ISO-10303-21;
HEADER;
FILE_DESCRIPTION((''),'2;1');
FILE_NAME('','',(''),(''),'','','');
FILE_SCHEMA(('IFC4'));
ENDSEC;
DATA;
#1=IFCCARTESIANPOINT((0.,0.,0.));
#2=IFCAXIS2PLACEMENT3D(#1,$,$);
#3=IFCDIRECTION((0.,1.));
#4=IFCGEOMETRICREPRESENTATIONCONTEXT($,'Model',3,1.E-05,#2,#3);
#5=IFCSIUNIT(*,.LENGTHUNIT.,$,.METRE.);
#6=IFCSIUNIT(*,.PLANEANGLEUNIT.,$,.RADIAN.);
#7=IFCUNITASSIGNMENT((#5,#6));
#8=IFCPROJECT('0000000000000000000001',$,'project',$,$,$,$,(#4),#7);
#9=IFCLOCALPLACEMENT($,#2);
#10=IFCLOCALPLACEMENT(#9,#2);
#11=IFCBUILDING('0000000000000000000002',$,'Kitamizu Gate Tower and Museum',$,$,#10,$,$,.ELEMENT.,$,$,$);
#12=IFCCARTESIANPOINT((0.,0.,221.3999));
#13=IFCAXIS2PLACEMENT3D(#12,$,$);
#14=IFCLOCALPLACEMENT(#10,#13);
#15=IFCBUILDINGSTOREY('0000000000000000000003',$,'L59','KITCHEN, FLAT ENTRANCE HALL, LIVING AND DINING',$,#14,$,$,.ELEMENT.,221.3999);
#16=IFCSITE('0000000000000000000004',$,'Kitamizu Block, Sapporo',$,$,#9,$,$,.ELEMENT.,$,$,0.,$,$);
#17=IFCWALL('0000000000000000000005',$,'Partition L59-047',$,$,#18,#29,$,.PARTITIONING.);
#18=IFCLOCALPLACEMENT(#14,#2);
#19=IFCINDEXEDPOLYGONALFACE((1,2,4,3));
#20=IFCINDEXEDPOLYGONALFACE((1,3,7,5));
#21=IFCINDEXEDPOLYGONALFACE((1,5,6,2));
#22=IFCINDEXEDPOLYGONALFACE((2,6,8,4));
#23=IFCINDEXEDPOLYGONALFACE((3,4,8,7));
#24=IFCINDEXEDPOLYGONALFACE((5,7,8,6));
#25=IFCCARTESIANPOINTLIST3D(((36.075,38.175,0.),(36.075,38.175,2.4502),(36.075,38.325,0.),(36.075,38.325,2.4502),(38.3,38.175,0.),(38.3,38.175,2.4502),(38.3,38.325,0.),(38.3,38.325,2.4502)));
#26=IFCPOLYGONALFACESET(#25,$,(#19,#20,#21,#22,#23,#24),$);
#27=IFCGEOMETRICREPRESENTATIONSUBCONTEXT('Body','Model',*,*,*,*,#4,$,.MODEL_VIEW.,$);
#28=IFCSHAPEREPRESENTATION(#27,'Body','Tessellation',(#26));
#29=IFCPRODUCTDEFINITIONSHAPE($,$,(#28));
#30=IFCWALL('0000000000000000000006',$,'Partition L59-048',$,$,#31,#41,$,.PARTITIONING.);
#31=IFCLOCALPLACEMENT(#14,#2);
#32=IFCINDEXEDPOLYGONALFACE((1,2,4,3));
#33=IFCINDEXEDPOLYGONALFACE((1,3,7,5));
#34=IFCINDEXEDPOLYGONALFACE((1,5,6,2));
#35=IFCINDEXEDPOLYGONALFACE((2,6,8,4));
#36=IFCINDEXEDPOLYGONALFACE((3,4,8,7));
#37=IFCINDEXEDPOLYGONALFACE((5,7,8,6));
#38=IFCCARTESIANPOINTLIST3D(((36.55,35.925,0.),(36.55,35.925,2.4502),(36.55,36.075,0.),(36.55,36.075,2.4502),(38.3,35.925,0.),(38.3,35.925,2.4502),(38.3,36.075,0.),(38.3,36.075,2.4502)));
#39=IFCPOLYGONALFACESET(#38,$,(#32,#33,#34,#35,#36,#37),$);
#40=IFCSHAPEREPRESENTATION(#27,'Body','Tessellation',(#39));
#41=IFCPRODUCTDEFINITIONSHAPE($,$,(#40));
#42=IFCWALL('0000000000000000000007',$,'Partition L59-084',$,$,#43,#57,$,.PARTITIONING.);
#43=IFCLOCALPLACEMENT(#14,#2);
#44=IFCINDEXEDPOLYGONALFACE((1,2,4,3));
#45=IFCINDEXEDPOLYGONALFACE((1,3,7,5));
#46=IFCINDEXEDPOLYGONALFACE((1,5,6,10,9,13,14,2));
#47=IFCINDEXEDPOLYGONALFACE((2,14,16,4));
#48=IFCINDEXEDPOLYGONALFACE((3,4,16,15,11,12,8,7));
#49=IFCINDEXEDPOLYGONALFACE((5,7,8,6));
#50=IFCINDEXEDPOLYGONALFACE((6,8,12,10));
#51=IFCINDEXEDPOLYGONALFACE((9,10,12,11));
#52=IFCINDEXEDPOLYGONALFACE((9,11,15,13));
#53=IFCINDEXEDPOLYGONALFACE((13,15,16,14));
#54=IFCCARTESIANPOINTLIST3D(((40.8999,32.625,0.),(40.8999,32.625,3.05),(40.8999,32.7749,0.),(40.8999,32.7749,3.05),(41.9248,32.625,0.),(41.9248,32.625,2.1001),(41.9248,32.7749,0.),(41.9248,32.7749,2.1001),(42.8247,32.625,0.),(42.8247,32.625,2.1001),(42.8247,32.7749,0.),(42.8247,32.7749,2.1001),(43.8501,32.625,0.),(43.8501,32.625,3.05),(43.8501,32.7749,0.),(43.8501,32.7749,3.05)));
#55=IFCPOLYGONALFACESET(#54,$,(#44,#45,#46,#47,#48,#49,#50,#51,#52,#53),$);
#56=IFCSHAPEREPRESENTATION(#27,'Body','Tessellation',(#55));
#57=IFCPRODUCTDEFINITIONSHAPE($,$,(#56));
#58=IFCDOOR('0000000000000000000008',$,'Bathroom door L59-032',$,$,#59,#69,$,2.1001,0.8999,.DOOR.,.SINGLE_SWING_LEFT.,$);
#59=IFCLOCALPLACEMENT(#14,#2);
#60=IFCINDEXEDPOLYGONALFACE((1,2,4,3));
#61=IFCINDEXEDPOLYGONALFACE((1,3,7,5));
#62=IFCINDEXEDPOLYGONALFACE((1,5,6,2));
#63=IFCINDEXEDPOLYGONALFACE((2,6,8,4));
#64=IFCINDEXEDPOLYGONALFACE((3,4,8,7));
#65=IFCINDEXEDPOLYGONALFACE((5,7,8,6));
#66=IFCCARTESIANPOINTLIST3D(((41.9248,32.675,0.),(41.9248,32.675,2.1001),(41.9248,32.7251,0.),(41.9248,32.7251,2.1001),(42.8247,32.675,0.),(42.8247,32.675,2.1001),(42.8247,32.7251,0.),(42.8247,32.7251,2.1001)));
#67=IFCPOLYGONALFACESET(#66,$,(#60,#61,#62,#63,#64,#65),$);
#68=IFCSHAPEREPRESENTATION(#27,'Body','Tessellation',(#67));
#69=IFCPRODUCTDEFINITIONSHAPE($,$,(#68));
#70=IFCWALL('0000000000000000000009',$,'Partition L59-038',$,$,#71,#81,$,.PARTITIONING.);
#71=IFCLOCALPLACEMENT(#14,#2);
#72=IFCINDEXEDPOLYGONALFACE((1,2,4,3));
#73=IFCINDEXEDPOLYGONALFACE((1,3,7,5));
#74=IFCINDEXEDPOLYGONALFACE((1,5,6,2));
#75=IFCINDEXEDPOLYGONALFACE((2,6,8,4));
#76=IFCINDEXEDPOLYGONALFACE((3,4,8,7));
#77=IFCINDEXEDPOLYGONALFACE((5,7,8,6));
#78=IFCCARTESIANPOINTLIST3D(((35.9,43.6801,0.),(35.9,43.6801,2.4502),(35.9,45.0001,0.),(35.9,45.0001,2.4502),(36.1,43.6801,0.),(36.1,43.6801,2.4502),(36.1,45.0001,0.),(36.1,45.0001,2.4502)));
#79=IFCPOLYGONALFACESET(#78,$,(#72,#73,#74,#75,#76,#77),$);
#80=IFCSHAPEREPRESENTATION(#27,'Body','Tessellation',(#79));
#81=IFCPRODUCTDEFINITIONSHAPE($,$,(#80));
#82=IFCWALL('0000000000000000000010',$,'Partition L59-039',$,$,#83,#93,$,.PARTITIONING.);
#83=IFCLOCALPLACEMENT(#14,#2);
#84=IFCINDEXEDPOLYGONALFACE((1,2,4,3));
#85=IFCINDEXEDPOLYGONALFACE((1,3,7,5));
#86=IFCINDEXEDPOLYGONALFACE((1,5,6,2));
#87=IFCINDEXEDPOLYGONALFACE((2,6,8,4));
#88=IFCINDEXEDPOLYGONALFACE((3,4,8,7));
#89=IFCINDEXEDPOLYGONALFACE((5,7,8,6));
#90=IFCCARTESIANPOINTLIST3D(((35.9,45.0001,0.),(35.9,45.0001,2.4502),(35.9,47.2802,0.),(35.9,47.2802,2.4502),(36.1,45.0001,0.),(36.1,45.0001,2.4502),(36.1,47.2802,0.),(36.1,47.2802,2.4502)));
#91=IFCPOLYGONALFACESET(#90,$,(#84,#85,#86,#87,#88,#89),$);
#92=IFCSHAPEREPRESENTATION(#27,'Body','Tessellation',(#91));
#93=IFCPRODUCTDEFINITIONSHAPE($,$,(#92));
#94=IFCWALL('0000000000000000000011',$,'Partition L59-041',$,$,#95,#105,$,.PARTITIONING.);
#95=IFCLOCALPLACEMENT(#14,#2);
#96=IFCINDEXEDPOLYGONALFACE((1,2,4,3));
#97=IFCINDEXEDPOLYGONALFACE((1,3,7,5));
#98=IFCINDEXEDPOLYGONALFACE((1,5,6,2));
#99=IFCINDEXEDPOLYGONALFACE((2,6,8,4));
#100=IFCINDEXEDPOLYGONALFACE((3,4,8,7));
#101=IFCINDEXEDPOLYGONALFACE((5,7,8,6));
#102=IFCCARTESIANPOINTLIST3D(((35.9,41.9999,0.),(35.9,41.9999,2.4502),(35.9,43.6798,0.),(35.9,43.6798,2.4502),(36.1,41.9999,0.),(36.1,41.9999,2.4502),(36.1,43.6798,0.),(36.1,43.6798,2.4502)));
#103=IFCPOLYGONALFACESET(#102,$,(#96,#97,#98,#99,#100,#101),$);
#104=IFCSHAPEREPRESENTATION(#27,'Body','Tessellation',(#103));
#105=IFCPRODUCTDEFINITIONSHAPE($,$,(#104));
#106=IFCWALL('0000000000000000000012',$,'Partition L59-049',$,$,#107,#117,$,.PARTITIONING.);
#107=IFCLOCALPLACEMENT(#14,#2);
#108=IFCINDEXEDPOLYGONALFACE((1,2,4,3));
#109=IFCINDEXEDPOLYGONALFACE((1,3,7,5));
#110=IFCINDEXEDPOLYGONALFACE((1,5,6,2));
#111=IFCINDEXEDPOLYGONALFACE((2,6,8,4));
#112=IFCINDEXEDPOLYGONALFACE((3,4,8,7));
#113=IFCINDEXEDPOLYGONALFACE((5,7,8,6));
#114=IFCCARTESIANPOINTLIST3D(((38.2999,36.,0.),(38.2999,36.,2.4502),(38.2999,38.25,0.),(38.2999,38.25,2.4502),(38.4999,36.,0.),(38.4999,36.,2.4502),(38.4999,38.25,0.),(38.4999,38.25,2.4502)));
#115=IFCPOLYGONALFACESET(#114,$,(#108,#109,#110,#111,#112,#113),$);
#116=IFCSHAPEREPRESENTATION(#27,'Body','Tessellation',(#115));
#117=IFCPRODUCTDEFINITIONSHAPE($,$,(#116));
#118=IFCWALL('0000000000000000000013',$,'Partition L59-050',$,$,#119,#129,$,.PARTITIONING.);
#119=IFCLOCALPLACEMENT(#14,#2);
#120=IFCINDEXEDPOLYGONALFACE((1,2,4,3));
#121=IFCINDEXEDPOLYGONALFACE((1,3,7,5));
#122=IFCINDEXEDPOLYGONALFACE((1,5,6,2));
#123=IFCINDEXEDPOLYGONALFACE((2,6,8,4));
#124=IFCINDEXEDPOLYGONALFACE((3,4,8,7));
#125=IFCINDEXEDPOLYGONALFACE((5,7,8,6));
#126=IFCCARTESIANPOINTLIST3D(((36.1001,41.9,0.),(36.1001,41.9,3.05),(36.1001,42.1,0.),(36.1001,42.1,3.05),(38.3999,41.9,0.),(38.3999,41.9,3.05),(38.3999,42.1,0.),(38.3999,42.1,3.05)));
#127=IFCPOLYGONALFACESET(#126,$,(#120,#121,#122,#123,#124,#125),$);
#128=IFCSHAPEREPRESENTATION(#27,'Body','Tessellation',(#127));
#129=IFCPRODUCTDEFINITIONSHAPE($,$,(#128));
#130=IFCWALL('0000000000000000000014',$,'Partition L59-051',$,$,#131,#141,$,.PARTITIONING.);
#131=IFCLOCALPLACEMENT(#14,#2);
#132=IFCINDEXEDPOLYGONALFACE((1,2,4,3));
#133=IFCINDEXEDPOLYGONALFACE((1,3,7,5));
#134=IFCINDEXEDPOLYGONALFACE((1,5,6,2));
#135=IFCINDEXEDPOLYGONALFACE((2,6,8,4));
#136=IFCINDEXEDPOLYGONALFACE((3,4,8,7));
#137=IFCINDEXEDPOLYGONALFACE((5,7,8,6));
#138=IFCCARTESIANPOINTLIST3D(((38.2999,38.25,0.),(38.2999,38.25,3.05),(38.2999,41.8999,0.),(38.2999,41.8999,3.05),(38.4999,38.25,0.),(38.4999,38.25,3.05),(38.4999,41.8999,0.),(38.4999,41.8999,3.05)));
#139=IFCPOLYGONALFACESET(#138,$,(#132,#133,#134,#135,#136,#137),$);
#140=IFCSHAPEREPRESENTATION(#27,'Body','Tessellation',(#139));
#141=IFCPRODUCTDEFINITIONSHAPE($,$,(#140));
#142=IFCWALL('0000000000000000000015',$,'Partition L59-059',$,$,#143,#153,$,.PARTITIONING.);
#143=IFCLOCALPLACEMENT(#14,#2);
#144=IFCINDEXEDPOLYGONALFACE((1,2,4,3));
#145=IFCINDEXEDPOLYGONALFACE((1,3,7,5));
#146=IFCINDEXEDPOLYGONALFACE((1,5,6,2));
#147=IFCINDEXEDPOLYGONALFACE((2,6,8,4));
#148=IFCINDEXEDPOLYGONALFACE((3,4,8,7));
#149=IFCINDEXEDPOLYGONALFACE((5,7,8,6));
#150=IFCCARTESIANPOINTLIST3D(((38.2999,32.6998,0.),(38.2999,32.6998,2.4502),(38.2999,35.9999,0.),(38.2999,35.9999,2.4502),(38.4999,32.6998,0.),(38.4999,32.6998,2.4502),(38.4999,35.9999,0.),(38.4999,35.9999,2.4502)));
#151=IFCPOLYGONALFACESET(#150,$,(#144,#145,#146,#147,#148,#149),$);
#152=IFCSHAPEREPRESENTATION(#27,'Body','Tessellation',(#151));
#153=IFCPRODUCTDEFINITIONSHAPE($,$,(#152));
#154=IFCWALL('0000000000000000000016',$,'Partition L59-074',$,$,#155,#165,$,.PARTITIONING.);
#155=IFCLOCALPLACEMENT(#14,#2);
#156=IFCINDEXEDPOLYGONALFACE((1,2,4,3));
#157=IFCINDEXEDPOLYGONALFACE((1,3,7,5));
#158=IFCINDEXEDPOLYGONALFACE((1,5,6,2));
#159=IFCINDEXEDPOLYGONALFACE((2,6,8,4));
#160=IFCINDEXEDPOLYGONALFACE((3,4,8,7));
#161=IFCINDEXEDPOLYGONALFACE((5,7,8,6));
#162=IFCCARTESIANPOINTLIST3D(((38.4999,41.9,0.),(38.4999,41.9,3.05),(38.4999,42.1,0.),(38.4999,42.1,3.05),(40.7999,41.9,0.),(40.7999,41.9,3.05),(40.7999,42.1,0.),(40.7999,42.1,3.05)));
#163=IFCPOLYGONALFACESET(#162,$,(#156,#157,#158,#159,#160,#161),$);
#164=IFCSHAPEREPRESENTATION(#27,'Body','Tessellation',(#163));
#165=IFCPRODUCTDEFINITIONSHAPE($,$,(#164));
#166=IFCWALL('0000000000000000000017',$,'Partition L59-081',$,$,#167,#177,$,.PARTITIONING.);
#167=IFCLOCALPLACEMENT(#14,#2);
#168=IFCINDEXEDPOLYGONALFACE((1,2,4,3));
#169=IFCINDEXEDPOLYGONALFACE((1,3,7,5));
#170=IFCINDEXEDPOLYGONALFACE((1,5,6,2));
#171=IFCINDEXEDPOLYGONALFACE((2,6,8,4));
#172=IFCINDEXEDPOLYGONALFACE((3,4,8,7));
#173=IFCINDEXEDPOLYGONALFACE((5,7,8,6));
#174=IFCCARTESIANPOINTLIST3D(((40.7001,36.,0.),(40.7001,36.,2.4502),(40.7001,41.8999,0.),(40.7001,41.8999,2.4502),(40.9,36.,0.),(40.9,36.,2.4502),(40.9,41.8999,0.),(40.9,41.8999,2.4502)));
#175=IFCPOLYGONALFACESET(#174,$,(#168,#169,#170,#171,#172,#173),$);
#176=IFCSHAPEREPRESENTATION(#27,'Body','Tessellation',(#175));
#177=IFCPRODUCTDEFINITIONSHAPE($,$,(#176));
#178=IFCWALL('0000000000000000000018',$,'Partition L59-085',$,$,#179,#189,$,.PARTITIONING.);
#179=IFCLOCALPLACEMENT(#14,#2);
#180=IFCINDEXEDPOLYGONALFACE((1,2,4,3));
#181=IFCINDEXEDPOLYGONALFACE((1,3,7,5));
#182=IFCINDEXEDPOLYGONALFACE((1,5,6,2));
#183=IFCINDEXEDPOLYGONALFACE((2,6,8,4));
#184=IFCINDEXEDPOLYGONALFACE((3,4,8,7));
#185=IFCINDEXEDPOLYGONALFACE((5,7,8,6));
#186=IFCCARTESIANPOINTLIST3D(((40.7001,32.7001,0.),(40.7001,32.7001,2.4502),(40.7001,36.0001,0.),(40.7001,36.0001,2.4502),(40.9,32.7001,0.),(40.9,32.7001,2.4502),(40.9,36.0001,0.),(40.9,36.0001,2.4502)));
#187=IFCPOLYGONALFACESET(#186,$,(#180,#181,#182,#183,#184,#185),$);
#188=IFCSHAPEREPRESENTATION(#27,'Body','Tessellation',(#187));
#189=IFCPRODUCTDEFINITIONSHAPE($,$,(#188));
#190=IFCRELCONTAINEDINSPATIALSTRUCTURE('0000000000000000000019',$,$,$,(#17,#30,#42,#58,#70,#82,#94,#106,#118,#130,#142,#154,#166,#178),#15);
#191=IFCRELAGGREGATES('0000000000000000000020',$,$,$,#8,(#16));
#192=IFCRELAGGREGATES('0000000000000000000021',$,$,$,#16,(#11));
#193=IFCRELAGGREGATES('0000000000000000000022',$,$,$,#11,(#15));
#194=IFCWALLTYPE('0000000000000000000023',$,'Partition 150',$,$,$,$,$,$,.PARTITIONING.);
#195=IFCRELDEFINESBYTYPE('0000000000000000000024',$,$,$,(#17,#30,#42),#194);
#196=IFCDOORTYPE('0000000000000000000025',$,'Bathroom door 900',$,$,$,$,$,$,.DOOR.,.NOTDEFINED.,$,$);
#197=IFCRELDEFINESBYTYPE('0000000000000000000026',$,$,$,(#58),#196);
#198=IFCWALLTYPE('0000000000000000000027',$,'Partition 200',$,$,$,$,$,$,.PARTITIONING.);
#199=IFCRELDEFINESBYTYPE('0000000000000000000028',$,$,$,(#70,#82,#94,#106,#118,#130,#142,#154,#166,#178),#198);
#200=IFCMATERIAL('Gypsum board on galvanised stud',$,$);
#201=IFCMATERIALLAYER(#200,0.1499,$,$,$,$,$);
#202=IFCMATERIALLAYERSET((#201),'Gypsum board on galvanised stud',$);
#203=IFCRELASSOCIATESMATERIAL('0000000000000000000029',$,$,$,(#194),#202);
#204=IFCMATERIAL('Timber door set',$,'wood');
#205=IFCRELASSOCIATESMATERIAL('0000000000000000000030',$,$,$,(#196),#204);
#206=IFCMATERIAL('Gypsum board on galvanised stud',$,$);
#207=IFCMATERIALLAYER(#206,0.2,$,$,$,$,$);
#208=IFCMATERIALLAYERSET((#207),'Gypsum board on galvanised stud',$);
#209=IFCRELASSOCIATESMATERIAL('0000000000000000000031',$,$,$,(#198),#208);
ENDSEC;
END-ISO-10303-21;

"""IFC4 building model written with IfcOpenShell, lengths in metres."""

from ifc_helpers import new_model, si_unit, direction, frame, frame_2d, origin, place, context, subcontext, project, spatial, rectangle, extrude, material, layer, layer_set, type_object, element, fill, save


model = new_model("IFC4")

# Units and contexts
model_context = context("Model", 3, precision=1e-05, world=origin(), true_north=direction((0.0, 1.0)))
body_context = subcontext(model_context, "Body", "Model", "MODEL_VIEW")
ifc_project = project(units=[si_unit("LENGTHUNIT", "METRE"), si_unit("PLANEANGLEUNIT", "RADIAN")], contexts=[model_context])

# Site, building, storey
site_placement = place(None, origin())
site = spatial("IfcSite", under=ifc_project, at=site_placement, Name="Kitamizu Block, Sapporo", CompositionType="ELEMENT", RefElevation=0.0)
building_placement = place(site_placement, origin())
building = spatial("IfcBuilding", under=site, at=building_placement, Name="Kitamizu Gate Tower and Museum", CompositionType="ELEMENT")
storey_placement = place(building_placement, frame((0.0, 0.0, 221.3999)))
storey = spatial("IfcBuildingStorey", under=building, at=storey_placement, Name="L59", Description="KITCHEN, FLAT ENTRANCE HALL, LIVING AND DINING", CompositionType="ELEMENT", Elevation=221.3999)

# Shared definitions
ifc_material_1 = material(Name="Gypsum board on galvanised stud")
ifc_layer_1 = layer(ifc_material_1, 0.1499)
ifc_layer_set_1 = layer_set([ifc_layer_1], Name="Gypsum board on galvanised stud")
wall_type_1 = type_object("IfcWallType", Name="Partition 150", PredefinedType="PARTITIONING", material=ifc_layer_set_1)
ifc_material_2 = material(Name="Timber door set", Category="wood")
door_type_1 = type_object("IfcDoorType", Name="Bathroom door 900", OperationType="NOTDEFINED", PredefinedType="DOOR", material=ifc_material_2)

# Walls
wall_1_placement = place(storey_placement, frame((38.3, 38.25, 0.0), z_axis=(0.0, 0.0, 1.0), x_axis=(-1.0, 0.0, 0.0)))
element("IfcWall", 1, at=wall_1_placement, inside=storey, type_object=wall_type_1, Name="Partition L59-047", PredefinedType="PARTITIONING", context=body_context, shape_type="SweptSolid", body=[
    extrude(rectangle(XDim=2.2251, YDim=0.1499, at=frame_2d((1.1125, 0.0))), origin(), (0.0, 0.0, 1.0), 2.4502),
])
wall_2_placement = place(storey_placement, frame((36.55, 36.0, 0.0), z_axis=(0.0, 0.0, 1.0), x_axis=(1.0, 0.0, 0.0)))
element("IfcWall", 2, at=wall_2_placement, inside=storey, type_object=wall_type_1, Name="Partition L59-048", PredefinedType="PARTITIONING", context=body_context, shape_type="SweptSolid", body=[
    extrude(rectangle(XDim=1.75, YDim=0.1499, at=frame_2d((0.875, 0.0))), origin(), (0.0, 0.0, 1.0), 2.4502),
])

# Wall, opening, door
wall_3_placement = place(storey_placement, frame((40.8999, 32.7, 0.0), z_axis=(0.0, 0.0, 1.0), x_axis=(1.0, 0.0, 0.0)))
wall_3 = element("IfcWall", 3, at=wall_3_placement, inside=storey, type_object=wall_type_1, Name="Partition L59-084", PredefinedType="PARTITIONING", context=body_context, shape_type="SweptSolid", body=[
    extrude(rectangle(XDim=2.9502, YDim=0.1499, at=frame_2d((1.4751, 0.0))), origin(), (0.0, 0.0, 1.0), 3.05),
])
opening_1_placement = place(wall_3_placement, frame((1.0249, 0.0, 0.0)))
opening_1 = element("IfcOpeningElement", 4, at=opening_1_placement, cuts=wall_3, PredefinedType="OPENING", context=body_context, shape_type="SweptSolid", body=[
    extrude(rectangle(XDim=0.8999, YDim=2.1001, at=frame_2d((0.45, 1.05))), frame((0.0, 0.085, 0.0), z_axis=(0.0, -1.0, 0.0), x_axis=(1.0, 0.0, 0.0)), (0.0, 0.0, 1.0), 0.1699),
])
door_1_placement = place(opening_1_placement, frame((0.8999, 0.0, 0.0), x_axis=(-1.0, 0.0, 0.0)))
door_1 = element("IfcDoor", 5, at=door_1_placement, inside=storey, type_object=door_type_1, Name="Bathroom door L59-032", OperationType="SINGLE_SWING_LEFT", OverallHeight=2.1001, OverallWidth=0.8999, PredefinedType="DOOR", context=body_context, shape_type="SweptSolid", body=[
    extrude(rectangle(XDim=0.8999, YDim=2.1001, at=frame_2d((0.45, 1.05))), frame((0.0, 0.0249, 0.0), z_axis=(0.0, -1.0, 0.0), x_axis=(1.0, 0.0, 0.0)), (0.0, 0.0, 1.0), 0.05),
])
fill(opening_1, door_1)

# Walls
ifc_material_3 = material(Name="Gypsum board on galvanised stud")
ifc_layer_2 = layer(ifc_material_3, 0.2)
ifc_layer_set_2 = layer_set([ifc_layer_2], Name="Gypsum board on galvanised stud")
wall_type_2 = type_object("IfcWallType", Name="Partition 200", PredefinedType="PARTITIONING", material=ifc_layer_set_2)
wall_4_placement = place(storey_placement, frame((36.0, 43.6799, 0.0), z_axis=(0.0, 0.0, 1.0), x_axis=(0.0, 1.0, 0.0)))
element("IfcWall", 6, at=wall_4_placement, inside=storey, type_object=wall_type_2, Name="Partition L59-038", PredefinedType="PARTITIONING", context=body_context, shape_type="SweptSolid", body=[
    extrude(rectangle(XDim=1.3201, YDim=0.2, at=frame_2d((0.6602, 0.0))), origin(), (0.0, 0.0, 1.0), 2.4502),
])
wall_5_placement = place(storey_placement, frame((36.0, 45.0, 0.0), z_axis=(0.0, 0.0, 1.0), x_axis=(0.0, 1.0, 0.0)))
element("IfcWall", 7, at=wall_5_placement, inside=storey, type_object=wall_type_2, Name="Partition L59-039", PredefinedType="PARTITIONING", context=body_context, shape_type="SweptSolid", body=[
    extrude(rectangle(XDim=2.28, YDim=0.2, at=frame_2d((1.1401, 0.0))), origin(), (0.0, 0.0, 1.0), 2.4502),
])
wall_6_placement = place(storey_placement, frame((36.0, 42.0, 0.0), z_axis=(0.0, 0.0, 1.0), x_axis=(0.0, 1.0, 0.0)))
element("IfcWall", 8, at=wall_6_placement, inside=storey, type_object=wall_type_2, Name="Partition L59-041", PredefinedType="PARTITIONING", context=body_context, shape_type="SweptSolid", body=[
    extrude(rectangle(XDim=1.6799, YDim=0.2, at=frame_2d((0.8398, 0.0))), origin(), (0.0, 0.0, 1.0), 2.4502),
])
wall_7_placement = place(storey_placement, frame((38.3999, 36.0, 0.0), z_axis=(0.0, 0.0, 1.0), x_axis=(0.0, 1.0, 0.0)))
element("IfcWall", 9, at=wall_7_placement, inside=storey, type_object=wall_type_2, Name="Partition L59-049", PredefinedType="PARTITIONING", context=body_context, shape_type="SweptSolid", body=[
    extrude(rectangle(XDim=2.25, YDim=0.2, at=frame_2d((1.125, 0.0))), origin(), (0.0, 0.0, 1.0), 2.4502),
])
wall_8_placement = place(storey_placement, frame((38.3999, 42.0, 0.0), z_axis=(0.0, 0.0, 1.0), x_axis=(-1.0, 0.0, 0.0)))
element("IfcWall", 10, at=wall_8_placement, inside=storey, type_object=wall_type_2, Name="Partition L59-050", PredefinedType="PARTITIONING", context=body_context, shape_type="SweptSolid", body=[
    extrude(rectangle(XDim=2.2998, YDim=0.2, at=frame_2d((1.1499, 0.0))), origin(), (0.0, 0.0, 1.0), 3.05),
])
wall_9_placement = place(storey_placement, frame((38.3999, 38.25, 0.0), z_axis=(0.0, 0.0, 1.0), x_axis=(0.0, 1.0, 0.0)))
element("IfcWall", 11, at=wall_9_placement, inside=storey, type_object=wall_type_2, Name="Partition L59-051", PredefinedType="PARTITIONING", context=body_context, shape_type="SweptSolid", body=[
    extrude(rectangle(XDim=3.6499, YDim=0.2, at=frame_2d((1.825, 0.0))), origin(), (0.0, 0.0, 1.0), 3.05),
])
wall_10_placement = place(storey_placement, frame((38.3999, 32.7, 0.0), z_axis=(0.0, 0.0, 1.0), x_axis=(0.0, 1.0, 0.0)))
element("IfcWall", 12, at=wall_10_placement, inside=storey, type_object=wall_type_2, Name="Partition L59-059", PredefinedType="PARTITIONING", context=body_context, shape_type="SweptSolid", body=[
    extrude(rectangle(XDim=3.3, YDim=0.2, at=frame_2d((1.6499, 0.0))), origin(), (0.0, 0.0, 1.0), 2.4502),
])
wall_11_placement = place(storey_placement, frame((38.5, 42.0, 0.0), z_axis=(0.0, 0.0, 1.0), x_axis=(1.0, 0.0, 0.0)))
element("IfcWall", 13, at=wall_11_placement, inside=storey, type_object=wall_type_2, Name="Partition L59-074", PredefinedType="PARTITIONING", context=body_context, shape_type="SweptSolid", body=[
    extrude(rectangle(XDim=2.3, YDim=0.2, at=frame_2d((1.1499, 0.0))), origin(), (0.0, 0.0, 1.0), 3.05),
])
wall_12_placement = place(storey_placement, frame((40.8, 41.8999, 0.0), z_axis=(0.0, 0.0, 1.0), x_axis=(0.0, -1.0, 0.0)))
element("IfcWall", 14, at=wall_12_placement, inside=storey, type_object=wall_type_2, Name="Partition L59-081", PredefinedType="PARTITIONING", context=body_context, shape_type="SweptSolid", body=[
    extrude(rectangle(XDim=5.8999, YDim=0.2, at=frame_2d((2.95, 0.0))), origin(), (0.0, 0.0, 1.0), 2.4502),
])
wall_13_placement = place(storey_placement, frame((40.8, 36.0, 0.0), z_axis=(0.0, 0.0, 1.0), x_axis=(0.0, -1.0, 0.0)))
element("IfcWall", 15, at=wall_13_placement, inside=storey, type_object=wall_type_2, Name="Partition L59-085", PredefinedType="PARTITIONING", context=body_context, shape_type="SweptSolid", body=[
    extrude(rectangle(XDim=3.3, YDim=0.2, at=frame_2d((1.6499, 0.0))), origin(), (0.0, 0.0, 1.0), 2.4502),
])

save(model, "model.ifc")
